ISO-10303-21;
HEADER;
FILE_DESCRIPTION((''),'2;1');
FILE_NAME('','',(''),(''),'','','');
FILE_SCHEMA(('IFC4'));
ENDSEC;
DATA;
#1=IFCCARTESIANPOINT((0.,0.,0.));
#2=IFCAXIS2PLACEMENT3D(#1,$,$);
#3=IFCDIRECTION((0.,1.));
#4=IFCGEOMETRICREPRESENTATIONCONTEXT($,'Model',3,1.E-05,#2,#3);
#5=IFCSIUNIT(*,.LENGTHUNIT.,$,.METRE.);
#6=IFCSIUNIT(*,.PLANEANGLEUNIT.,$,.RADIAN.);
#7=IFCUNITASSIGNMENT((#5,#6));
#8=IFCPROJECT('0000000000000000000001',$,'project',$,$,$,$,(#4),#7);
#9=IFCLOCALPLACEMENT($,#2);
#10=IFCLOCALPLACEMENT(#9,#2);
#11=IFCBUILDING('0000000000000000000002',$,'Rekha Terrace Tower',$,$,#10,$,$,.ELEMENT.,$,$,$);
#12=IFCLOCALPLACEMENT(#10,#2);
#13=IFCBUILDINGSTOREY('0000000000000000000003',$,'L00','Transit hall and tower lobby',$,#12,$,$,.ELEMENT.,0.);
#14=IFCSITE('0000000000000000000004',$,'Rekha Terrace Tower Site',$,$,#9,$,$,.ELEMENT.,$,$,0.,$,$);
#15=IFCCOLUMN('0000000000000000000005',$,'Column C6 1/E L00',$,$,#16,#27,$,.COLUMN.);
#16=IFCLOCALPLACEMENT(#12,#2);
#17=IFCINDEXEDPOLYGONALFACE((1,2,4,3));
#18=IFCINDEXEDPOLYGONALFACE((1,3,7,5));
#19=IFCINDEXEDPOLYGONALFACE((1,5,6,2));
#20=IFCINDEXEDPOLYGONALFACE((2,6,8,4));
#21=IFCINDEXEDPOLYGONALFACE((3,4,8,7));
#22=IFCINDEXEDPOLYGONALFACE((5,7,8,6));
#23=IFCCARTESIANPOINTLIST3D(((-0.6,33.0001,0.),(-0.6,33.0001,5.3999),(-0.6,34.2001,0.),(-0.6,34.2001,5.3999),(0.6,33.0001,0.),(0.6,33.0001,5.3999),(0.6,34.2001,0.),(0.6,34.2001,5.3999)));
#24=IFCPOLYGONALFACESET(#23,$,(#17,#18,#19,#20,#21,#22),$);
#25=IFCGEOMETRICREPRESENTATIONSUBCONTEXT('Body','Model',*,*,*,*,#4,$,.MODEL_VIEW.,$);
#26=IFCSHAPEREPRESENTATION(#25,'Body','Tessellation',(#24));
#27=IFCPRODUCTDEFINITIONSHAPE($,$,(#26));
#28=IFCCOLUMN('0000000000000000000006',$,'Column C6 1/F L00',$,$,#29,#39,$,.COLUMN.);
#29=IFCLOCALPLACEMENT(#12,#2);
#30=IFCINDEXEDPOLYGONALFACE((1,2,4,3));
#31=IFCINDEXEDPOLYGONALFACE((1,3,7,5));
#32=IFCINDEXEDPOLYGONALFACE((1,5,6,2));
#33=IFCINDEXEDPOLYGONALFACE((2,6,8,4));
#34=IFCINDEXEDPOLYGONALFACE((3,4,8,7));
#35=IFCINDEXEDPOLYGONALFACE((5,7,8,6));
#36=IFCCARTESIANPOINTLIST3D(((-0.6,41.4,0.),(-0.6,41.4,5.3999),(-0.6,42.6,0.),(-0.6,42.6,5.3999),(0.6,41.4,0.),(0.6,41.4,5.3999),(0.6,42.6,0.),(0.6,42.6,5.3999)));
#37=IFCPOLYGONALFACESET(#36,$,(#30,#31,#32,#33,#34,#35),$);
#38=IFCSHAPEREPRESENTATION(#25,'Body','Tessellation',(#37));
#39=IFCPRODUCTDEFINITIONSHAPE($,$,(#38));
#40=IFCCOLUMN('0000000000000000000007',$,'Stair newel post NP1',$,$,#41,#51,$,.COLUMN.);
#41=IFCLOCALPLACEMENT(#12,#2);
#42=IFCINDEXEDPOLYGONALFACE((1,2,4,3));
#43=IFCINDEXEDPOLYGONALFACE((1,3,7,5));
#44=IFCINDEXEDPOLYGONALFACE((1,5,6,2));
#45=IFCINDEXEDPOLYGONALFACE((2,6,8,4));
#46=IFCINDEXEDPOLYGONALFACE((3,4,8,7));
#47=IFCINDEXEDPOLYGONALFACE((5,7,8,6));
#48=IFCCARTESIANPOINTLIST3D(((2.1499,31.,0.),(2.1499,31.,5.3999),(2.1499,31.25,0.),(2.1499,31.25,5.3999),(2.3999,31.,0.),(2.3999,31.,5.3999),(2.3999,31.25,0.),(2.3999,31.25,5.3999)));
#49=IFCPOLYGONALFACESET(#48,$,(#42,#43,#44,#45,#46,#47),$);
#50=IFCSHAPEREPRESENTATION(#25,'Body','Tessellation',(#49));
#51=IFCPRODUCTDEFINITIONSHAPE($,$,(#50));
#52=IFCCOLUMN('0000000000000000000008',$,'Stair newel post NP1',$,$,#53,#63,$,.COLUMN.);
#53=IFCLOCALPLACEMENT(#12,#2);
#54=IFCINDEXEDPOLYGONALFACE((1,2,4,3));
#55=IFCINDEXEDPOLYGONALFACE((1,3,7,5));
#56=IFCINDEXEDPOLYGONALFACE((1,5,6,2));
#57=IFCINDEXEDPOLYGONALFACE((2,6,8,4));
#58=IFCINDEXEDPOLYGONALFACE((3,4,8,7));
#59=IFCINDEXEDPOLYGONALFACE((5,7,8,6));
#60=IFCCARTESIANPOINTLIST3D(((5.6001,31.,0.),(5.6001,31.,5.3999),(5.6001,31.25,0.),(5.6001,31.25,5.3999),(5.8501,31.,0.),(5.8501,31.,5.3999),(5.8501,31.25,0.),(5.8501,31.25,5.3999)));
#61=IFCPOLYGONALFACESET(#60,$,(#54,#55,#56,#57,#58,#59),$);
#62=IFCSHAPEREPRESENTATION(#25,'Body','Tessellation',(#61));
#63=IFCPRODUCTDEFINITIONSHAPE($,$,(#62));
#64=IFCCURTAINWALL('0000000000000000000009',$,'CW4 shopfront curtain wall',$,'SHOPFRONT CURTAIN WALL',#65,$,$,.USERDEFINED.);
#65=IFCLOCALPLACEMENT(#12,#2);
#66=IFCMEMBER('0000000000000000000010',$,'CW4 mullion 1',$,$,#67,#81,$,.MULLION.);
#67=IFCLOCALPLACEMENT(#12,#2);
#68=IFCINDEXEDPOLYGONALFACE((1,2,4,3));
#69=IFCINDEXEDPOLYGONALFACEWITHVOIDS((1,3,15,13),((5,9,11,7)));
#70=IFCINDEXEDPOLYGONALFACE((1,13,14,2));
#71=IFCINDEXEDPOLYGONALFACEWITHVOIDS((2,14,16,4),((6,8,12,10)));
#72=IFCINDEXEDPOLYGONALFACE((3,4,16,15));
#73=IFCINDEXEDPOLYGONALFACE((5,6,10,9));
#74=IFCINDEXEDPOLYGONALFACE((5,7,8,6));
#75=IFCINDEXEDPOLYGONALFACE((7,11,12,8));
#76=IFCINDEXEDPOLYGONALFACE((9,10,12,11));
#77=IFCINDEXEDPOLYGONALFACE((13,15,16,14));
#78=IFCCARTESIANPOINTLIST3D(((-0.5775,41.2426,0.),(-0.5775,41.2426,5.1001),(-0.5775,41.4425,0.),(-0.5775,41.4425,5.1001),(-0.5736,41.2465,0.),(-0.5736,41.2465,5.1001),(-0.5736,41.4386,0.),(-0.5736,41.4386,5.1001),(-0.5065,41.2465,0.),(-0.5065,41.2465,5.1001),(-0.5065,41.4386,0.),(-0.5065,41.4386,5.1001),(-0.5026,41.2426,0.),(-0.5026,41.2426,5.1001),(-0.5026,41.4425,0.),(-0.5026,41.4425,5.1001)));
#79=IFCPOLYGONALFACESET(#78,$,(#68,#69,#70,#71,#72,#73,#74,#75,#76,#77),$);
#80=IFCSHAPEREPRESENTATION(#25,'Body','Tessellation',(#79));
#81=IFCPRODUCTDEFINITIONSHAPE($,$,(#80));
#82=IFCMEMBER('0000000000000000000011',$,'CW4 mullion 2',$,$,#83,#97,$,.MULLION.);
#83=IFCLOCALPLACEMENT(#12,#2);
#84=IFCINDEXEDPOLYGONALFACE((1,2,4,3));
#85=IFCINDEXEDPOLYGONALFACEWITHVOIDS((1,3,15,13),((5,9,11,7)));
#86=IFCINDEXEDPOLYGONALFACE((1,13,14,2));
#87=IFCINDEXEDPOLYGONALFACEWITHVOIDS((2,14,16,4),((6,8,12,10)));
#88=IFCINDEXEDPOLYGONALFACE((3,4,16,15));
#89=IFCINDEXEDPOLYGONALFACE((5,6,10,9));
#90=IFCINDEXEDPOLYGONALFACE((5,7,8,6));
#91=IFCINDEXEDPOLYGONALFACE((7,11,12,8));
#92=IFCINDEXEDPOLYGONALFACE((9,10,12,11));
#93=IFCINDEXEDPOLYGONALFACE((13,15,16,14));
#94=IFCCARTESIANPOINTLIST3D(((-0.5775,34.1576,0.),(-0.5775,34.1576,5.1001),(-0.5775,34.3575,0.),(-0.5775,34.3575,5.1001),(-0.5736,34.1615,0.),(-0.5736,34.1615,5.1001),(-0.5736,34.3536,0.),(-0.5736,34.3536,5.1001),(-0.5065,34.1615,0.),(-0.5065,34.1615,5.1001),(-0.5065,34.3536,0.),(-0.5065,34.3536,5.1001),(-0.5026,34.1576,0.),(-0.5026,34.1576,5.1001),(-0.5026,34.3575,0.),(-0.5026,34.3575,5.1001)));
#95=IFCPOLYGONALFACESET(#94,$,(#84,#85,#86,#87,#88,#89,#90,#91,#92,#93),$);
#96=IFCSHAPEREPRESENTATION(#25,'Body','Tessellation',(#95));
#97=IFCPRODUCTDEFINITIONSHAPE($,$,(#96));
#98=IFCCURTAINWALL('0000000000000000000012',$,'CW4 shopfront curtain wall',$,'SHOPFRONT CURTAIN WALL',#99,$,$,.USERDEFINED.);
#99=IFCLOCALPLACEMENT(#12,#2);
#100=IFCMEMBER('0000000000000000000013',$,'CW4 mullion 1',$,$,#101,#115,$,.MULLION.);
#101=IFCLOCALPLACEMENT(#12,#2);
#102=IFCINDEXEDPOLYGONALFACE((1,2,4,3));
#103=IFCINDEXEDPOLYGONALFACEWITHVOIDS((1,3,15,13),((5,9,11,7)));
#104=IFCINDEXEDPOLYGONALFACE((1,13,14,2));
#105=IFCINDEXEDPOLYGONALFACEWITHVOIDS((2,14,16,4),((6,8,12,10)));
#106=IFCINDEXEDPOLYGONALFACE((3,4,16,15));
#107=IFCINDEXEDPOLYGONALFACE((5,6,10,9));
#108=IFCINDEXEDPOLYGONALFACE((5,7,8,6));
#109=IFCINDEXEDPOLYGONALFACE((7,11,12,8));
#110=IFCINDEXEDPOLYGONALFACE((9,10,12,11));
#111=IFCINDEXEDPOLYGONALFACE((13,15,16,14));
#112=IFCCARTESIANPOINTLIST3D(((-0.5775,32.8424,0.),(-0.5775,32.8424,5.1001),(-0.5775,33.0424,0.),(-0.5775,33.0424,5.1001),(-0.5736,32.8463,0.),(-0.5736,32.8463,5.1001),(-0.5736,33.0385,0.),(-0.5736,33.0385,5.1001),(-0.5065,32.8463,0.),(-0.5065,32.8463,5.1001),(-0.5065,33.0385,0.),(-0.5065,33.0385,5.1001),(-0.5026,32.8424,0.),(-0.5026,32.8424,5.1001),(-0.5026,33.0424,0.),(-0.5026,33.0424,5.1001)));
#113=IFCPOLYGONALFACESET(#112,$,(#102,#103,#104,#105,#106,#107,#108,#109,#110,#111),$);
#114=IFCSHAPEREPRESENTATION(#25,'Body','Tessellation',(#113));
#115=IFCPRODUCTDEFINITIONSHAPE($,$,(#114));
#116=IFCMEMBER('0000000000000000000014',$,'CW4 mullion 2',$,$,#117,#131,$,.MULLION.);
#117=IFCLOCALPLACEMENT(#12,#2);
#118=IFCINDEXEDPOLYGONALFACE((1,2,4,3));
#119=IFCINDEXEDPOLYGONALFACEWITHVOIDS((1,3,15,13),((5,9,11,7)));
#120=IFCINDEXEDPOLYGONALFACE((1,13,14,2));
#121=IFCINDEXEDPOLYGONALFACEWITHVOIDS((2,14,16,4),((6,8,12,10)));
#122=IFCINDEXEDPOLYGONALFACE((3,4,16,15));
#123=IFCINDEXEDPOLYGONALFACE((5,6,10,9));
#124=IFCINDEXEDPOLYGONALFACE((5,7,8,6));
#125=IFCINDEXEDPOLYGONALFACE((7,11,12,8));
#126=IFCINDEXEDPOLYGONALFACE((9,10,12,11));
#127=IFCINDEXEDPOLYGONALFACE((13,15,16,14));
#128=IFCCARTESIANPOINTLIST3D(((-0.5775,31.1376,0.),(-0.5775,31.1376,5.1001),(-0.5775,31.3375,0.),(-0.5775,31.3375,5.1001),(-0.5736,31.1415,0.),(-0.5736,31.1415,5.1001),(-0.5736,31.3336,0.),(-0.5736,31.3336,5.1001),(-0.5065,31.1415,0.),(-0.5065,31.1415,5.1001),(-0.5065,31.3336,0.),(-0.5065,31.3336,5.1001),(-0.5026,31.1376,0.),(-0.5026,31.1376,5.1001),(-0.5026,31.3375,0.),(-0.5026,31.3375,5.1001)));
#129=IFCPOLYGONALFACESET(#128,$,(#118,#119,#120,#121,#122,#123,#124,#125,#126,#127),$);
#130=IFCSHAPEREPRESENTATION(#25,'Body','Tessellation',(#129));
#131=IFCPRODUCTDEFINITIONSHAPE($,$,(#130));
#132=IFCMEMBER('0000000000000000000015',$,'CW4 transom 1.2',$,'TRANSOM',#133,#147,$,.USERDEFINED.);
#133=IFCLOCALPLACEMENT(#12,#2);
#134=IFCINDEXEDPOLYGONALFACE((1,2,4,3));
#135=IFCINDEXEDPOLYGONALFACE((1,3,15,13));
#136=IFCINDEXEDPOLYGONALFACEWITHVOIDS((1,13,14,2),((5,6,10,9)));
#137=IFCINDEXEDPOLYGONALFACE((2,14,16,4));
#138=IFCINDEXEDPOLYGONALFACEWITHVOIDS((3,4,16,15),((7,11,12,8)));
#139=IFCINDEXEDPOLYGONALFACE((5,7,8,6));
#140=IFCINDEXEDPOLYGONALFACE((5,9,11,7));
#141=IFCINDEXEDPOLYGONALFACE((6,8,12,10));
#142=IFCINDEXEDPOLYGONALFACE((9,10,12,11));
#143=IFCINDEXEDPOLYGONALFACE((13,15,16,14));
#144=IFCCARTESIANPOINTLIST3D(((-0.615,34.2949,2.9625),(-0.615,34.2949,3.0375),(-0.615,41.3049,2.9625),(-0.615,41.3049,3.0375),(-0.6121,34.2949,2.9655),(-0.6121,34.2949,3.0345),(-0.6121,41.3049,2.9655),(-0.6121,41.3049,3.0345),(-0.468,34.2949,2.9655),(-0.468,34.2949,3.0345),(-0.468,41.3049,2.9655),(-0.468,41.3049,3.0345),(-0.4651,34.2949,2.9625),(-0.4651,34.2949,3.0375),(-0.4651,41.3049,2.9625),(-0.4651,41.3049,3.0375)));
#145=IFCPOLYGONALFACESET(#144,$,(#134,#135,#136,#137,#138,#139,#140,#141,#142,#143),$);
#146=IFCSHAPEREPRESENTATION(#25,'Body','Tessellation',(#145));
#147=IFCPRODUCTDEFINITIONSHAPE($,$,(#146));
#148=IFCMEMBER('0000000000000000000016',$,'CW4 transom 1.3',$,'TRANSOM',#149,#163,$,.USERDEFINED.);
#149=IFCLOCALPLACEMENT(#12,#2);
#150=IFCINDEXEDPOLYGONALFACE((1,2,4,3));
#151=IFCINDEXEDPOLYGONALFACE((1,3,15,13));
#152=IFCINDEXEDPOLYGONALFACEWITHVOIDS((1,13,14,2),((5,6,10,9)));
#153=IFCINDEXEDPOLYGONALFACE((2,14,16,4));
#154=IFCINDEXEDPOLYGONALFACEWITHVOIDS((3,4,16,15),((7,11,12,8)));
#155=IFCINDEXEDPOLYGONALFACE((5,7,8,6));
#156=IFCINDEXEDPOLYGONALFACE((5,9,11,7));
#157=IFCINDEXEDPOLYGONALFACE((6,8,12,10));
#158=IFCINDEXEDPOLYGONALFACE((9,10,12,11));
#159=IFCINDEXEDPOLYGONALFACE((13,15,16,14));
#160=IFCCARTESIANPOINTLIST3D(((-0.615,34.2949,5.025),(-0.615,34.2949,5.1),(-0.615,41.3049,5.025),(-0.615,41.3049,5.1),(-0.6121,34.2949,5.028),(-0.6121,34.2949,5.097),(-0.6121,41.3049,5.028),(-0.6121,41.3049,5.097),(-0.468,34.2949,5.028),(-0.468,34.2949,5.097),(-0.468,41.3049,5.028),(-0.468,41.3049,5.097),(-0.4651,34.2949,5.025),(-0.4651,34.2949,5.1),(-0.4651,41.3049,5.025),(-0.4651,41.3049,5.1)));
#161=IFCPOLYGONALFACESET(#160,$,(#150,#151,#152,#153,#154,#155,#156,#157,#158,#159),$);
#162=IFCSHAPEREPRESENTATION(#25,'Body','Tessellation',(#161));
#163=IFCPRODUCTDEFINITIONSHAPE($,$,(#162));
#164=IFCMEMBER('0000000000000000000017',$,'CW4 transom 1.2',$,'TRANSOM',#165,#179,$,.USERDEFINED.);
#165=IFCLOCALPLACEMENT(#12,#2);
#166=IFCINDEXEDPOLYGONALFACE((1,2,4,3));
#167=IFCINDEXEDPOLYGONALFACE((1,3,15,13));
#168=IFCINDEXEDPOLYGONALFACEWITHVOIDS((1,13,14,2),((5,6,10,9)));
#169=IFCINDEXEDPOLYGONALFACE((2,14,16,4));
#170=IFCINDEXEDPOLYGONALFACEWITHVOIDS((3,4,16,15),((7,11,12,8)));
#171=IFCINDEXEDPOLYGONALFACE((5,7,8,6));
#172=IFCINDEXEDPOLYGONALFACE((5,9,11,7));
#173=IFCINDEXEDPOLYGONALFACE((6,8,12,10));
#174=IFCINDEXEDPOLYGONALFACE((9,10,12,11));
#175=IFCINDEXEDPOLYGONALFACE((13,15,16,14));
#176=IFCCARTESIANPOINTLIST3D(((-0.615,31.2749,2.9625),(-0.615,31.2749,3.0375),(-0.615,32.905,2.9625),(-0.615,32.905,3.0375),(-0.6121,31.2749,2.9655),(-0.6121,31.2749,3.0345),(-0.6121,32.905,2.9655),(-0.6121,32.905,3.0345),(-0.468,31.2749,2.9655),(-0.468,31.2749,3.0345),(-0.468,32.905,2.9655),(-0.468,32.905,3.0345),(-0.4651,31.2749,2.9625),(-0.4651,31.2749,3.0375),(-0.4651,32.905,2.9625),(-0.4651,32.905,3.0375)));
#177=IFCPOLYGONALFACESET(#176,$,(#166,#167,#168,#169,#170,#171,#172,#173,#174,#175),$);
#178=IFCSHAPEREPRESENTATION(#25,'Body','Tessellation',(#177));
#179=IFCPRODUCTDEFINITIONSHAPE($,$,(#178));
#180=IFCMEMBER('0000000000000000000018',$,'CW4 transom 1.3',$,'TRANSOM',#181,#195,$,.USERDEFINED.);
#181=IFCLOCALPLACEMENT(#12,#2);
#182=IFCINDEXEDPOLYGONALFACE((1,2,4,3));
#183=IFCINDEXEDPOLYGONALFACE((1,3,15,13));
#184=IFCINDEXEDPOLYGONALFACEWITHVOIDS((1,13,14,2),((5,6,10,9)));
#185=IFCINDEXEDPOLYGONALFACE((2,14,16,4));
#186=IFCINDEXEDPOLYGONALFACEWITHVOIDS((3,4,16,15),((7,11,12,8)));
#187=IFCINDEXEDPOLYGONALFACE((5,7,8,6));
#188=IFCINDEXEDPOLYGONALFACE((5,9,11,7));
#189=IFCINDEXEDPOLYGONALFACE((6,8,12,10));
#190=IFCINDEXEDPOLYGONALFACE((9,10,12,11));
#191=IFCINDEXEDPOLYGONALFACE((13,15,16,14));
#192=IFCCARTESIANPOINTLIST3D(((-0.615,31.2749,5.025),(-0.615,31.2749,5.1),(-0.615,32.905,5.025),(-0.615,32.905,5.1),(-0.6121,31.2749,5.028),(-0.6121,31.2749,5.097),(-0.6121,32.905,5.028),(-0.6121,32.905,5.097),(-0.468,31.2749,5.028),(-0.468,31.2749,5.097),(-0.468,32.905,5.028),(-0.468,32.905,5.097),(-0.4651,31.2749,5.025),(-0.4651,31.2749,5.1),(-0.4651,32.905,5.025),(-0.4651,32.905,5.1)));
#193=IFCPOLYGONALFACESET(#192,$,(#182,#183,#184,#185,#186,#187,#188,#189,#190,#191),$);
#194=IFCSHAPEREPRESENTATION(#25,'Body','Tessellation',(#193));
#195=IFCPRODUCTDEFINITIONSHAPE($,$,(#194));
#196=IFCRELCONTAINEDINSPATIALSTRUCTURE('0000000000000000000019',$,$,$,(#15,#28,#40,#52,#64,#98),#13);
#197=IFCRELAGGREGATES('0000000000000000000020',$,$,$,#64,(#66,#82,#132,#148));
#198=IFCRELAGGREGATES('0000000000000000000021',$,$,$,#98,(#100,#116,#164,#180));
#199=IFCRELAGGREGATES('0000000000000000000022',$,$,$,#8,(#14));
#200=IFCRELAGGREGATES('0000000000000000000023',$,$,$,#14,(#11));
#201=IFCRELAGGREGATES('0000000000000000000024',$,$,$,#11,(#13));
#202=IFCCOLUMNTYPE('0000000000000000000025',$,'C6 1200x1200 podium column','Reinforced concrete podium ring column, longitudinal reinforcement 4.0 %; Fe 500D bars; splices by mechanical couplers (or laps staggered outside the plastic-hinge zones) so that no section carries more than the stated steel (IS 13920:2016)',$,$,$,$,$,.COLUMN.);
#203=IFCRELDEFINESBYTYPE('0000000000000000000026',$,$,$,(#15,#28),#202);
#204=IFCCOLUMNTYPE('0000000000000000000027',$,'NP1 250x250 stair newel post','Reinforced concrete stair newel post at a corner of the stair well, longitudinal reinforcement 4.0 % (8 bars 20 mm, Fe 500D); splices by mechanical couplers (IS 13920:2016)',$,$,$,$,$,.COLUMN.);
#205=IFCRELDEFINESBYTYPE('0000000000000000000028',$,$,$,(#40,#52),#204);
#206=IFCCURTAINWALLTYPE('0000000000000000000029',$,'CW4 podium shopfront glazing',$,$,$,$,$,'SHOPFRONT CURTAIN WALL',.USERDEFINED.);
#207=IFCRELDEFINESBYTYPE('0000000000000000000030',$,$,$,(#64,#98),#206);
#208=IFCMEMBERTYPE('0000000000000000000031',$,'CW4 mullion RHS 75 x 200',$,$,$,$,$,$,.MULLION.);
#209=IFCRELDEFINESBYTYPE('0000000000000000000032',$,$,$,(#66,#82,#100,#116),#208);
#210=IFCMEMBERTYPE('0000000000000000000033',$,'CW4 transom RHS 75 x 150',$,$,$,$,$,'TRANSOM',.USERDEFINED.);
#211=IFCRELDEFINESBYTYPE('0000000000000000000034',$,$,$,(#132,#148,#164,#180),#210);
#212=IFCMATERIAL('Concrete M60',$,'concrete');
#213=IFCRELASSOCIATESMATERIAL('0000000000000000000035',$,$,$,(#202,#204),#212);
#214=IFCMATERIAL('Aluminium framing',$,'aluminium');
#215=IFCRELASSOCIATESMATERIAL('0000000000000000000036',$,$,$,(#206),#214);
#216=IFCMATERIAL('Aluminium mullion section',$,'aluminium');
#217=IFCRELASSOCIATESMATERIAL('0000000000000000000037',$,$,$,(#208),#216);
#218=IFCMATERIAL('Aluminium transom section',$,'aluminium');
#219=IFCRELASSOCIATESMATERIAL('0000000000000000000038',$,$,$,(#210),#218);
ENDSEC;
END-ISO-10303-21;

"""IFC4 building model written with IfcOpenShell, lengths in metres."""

from ifc_helpers import new_model, si_unit, direction, frame, origin, origin_2d, place, context, subcontext, project, spatial, rectangle, hollow_rectangle, extrude, material, material_profile, profile_set, type_object, element, aggregate, save


model = new_model("IFC4")

# Units and contexts
model_context = context("Model", 3, precision=1e-05, world=origin(), true_north=direction((0.0, 1.0)))
body_context = subcontext(model_context, "Body", "Model", "MODEL_VIEW")
ifc_project = project(units=[si_unit("LENGTHUNIT", "METRE"), si_unit("PLANEANGLEUNIT", "RADIAN")], contexts=[model_context])

# Site, building, storey
site_placement = place(None, origin())
site = spatial("IfcSite", under=ifc_project, at=site_placement, Name="Rekha Terrace Tower Site", CompositionType="ELEMENT", RefElevation=0.0)
building_placement = place(site_placement, origin())
building = spatial("IfcBuilding", under=site, at=building_placement, Name="Rekha Terrace Tower", CompositionType="ELEMENT")
storey_placement = place(building_placement, origin())
storey = spatial("IfcBuildingStorey", under=building, at=storey_placement, Name="L00", Description="Transit hall and tower lobby", CompositionType="ELEMENT", Elevation=0.0)

# Columns
ifc_material_1 = material(Name="Concrete M60", Category="concrete")
ifc_material_profile_1 = material_profile(ifc_material_1, rectangle(XDim=1.2, YDim=1.2, at=origin_2d()), Name="RC 1200x1200")
ifc_profile_set_1 = profile_set([ifc_material_profile_1], Name="Concrete M60")
column_type_1 = type_object("IfcColumnType", Name="C6 1200x1200 podium column", Description="Reinforced concrete podium ring column, longitudinal reinforcement 4.0 %; Fe 500D bars; splices by mechanical couplers (or laps staggered outside the plastic-hinge zones) so that no section carries more than the stated steel (IS 13920:2016)", PredefinedType="COLUMN", material=ifc_profile_set_1)
for number, where, z_axis, x_axis, name in (
    (1, (0.0, 33.6001, 0.0), (0.0, 0.0, 1.0), (1.0, 0.0, 0.0), "Column C6 1/E L00"),
    (2, (0.0, 42.0, 0.0), (0.0, 0.0, 1.0), (1.0, 0.0, 0.0), "Column C6 1/F L00"),
):
    element("IfcColumn", number, at=place(storey_placement, frame(where, z_axis=z_axis, x_axis=x_axis)), inside=storey, type_object=column_type_1, Name=name, PredefinedType="COLUMN", context=body_context, shape_type="SweptSolid", body=[
        extrude(rectangle(XDim=1.2, YDim=1.2, at=origin_2d()), origin(), (0.0, 0.0, 1.0), 5.3999),
    ])
ifc_material_profile_2 = material_profile(ifc_material_1, rectangle(XDim=0.25, YDim=0.25, at=origin_2d()), Name="RC 250x250")
ifc_profile_set_2 = profile_set([ifc_material_profile_2], Name="Concrete M60")
column_type_2 = type_object("IfcColumnType", Name="NP1 250x250 stair newel post", Description="Reinforced concrete stair newel post at a corner of the stair well, longitudinal reinforcement 4.0 % (8 bars 20 mm, Fe 500D); splices by mechanical couplers (IS 13920:2016)", PredefinedType="COLUMN", material=ifc_profile_set_2)
for number, where, z_axis, x_axis, name in (
    (3, (2.2749, 31.125, 0.0), (0.0, 0.0, 1.0), (1.0, 0.0, 0.0), "Stair newel post NP1"),
    (4, (5.7251, 31.125, 0.0), (0.0, 0.0, 1.0), (1.0, 0.0, 0.0), "Stair newel post NP1"),
):
    element("IfcColumn", number, at=place(storey_placement, frame(where, z_axis=z_axis, x_axis=x_axis)), inside=storey, type_object=column_type_2, Name=name, PredefinedType="COLUMN", context=body_context, shape_type="SweptSolid", body=[
        extrude(rectangle(XDim=0.25, YDim=0.25, at=origin_2d()), origin(), (0.0, 0.0, 1.0), 5.3999),
    ])

# Curtain walls, members
ifc_material_2 = material(Name="Aluminium framing", Category="aluminium")
curtain_wall_type = type_object("IfcCurtainWallType", Name="CW4 podium shopfront glazing", ElementType="SHOPFRONT CURTAIN WALL", PredefinedType="USERDEFINED", material=ifc_material_2)
curtain_wall_1_placement = place(storey_placement, origin())
curtain_wall_1 = element("IfcCurtainWall", 5, at=curtain_wall_1_placement, inside=storey, type_object=curtain_wall_type, Name="CW4 shopfront curtain wall", ObjectType="SHOPFRONT CURTAIN WALL", PredefinedType="USERDEFINED")
ifc_material_3 = material(Name="Aluminium mullion section", Category="aluminium")
ifc_material_profile_3 = material_profile(ifc_material_3, hollow_rectangle(XDim=0.075, YDim=0.2, WallThickness=0.0039, at=origin_2d()), Name="AL RHS 75x200")
ifc_profile_set_3 = profile_set([ifc_material_profile_3], Name="Aluminium mullion section")
member_type_1 = type_object("IfcMemberType", Name="CW4 mullion RHS 75 x 200", PredefinedType="MULLION", material=ifc_profile_set_3)
member_1_placement = place(storey_placement, frame((-0.54, 41.3425, 0.0), z_axis=(0.0, 0.0, 1.0), x_axis=(1.0, 0.0, 0.0)))
member_1 = element("IfcMember", 6, at=member_1_placement, type_object=member_type_1, Name="CW4 mullion 1", PredefinedType="MULLION", context=body_context, shape_type="SweptSolid", body=[
    extrude(hollow_rectangle(XDim=0.075, YDim=0.2, WallThickness=0.0039, at=origin_2d()), origin(), (0.0, 0.0, 1.0), 5.1001),
])
member_2_placement = place(storey_placement, frame((-0.54, 34.2576, 0.0), z_axis=(0.0, 0.0, 1.0), x_axis=(1.0, 0.0, 0.0)))
member_2 = element("IfcMember", 7, at=member_2_placement, type_object=member_type_1, Name="CW4 mullion 2", PredefinedType="MULLION", context=body_context, shape_type="SweptSolid", body=[
    extrude(hollow_rectangle(XDim=0.075, YDim=0.2, WallThickness=0.0039, at=origin_2d()), origin(), (0.0, 0.0, 1.0), 5.1001),
])
curtain_wall_2_placement = place(storey_placement, origin())
curtain_wall_2 = element("IfcCurtainWall", 8, at=curtain_wall_2_placement, inside=storey, type_object=curtain_wall_type, Name="CW4 shopfront curtain wall", ObjectType="SHOPFRONT CURTAIN WALL", PredefinedType="USERDEFINED")
member_3_placement = place(storey_placement, frame((-0.54, 32.9424, 0.0), z_axis=(0.0, 0.0, 1.0), x_axis=(1.0, 0.0, 0.0)))
member_3 = element("IfcMember", 9, at=member_3_placement, type_object=member_type_1, Name="CW4 mullion 1", PredefinedType="MULLION", context=body_context, shape_type="SweptSolid", body=[
    extrude(hollow_rectangle(XDim=0.075, YDim=0.2, WallThickness=0.0039, at=origin_2d()), origin(), (0.0, 0.0, 1.0), 5.1001),
])
member_4_placement = place(storey_placement, frame((-0.54, 31.2375, 0.0), z_axis=(0.0, 0.0, 1.0), x_axis=(1.0, 0.0, 0.0)))
member_4 = element("IfcMember", 10, at=member_4_placement, type_object=member_type_1, Name="CW4 mullion 2", PredefinedType="MULLION", context=body_context, shape_type="SweptSolid", body=[
    extrude(hollow_rectangle(XDim=0.075, YDim=0.2, WallThickness=0.0039, at=origin_2d()), origin(), (0.0, 0.0, 1.0), 5.1001),
])

# Members
ifc_material_4 = material(Name="Aluminium transom section", Category="aluminium")
ifc_material_profile_4 = material_profile(ifc_material_4, hollow_rectangle(XDim=0.1499, YDim=0.075, WallThickness=0.0029, at=origin_2d()), Name="AL RHS 150x75")
ifc_profile_set_4 = profile_set([ifc_material_profile_4], Name="Aluminium transom section")
member_type_2 = type_object("IfcMemberType", Name="CW4 transom RHS 75 x 150", ElementType="TRANSOM", PredefinedType="USERDEFINED", material=ifc_profile_set_4)
member_5_placement = place(storey_placement, frame((-0.54, 41.3049, 3.0), z_axis=(0.0, -1.0, 0.0), x_axis=(1.0, 0.0, 0.0)))
member_5 = element("IfcMember", 11, at=member_5_placement, type_object=member_type_2, Name="CW4 transom 1.2", ObjectType="TRANSOM", PredefinedType="USERDEFINED", context=body_context, shape_type="SweptSolid", body=[
    extrude(hollow_rectangle(XDim=0.1499, YDim=0.075, WallThickness=0.0029, at=origin_2d()), origin(), (0.0, 0.0, 1.0), 7.01),
])
member_6_placement = place(storey_placement, frame((-0.54, 41.3049, 5.0625), z_axis=(0.0, -1.0, 0.0), x_axis=(1.0, 0.0, 0.0)))
member_6 = element("IfcMember", 12, at=member_6_placement, type_object=member_type_2, Name="CW4 transom 1.3", ObjectType="TRANSOM", PredefinedType="USERDEFINED", context=body_context, shape_type="SweptSolid", body=[
    extrude(hollow_rectangle(XDim=0.1499, YDim=0.075, WallThickness=0.0029, at=origin_2d()), origin(), (0.0, 0.0, 1.0), 7.01),
])
member_7_placement = place(storey_placement, frame((-0.54, 32.905, 3.0), z_axis=(0.0, -1.0, 0.0), x_axis=(1.0, 0.0, 0.0)))
member_7 = element("IfcMember", 13, at=member_7_placement, type_object=member_type_2, Name="CW4 transom 1.2", ObjectType="TRANSOM", PredefinedType="USERDEFINED", context=body_context, shape_type="SweptSolid", body=[
    extrude(hollow_rectangle(XDim=0.1499, YDim=0.075, WallThickness=0.0029, at=origin_2d()), origin(), (0.0, 0.0, 1.0), 1.6301),
])
member_8_placement = place(storey_placement, frame((-0.54, 32.905, 5.0625), z_axis=(0.0, -1.0, 0.0), x_axis=(1.0, 0.0, 0.0)))
member_8 = element("IfcMember", 14, at=member_8_placement, type_object=member_type_2, Name="CW4 transom 1.3", ObjectType="TRANSOM", PredefinedType="USERDEFINED", context=body_context, shape_type="SweptSolid", body=[
    extrude(hollow_rectangle(XDim=0.1499, YDim=0.075, WallThickness=0.0029, at=origin_2d()), origin(), (0.0, 0.0, 1.0), 1.6301),
])

aggregate(curtain_wall_1, [member_1, member_2, member_5, member_6])
aggregate(curtain_wall_2, [member_3, member_4, member_7, member_8])

save(model, "model.ifc")
